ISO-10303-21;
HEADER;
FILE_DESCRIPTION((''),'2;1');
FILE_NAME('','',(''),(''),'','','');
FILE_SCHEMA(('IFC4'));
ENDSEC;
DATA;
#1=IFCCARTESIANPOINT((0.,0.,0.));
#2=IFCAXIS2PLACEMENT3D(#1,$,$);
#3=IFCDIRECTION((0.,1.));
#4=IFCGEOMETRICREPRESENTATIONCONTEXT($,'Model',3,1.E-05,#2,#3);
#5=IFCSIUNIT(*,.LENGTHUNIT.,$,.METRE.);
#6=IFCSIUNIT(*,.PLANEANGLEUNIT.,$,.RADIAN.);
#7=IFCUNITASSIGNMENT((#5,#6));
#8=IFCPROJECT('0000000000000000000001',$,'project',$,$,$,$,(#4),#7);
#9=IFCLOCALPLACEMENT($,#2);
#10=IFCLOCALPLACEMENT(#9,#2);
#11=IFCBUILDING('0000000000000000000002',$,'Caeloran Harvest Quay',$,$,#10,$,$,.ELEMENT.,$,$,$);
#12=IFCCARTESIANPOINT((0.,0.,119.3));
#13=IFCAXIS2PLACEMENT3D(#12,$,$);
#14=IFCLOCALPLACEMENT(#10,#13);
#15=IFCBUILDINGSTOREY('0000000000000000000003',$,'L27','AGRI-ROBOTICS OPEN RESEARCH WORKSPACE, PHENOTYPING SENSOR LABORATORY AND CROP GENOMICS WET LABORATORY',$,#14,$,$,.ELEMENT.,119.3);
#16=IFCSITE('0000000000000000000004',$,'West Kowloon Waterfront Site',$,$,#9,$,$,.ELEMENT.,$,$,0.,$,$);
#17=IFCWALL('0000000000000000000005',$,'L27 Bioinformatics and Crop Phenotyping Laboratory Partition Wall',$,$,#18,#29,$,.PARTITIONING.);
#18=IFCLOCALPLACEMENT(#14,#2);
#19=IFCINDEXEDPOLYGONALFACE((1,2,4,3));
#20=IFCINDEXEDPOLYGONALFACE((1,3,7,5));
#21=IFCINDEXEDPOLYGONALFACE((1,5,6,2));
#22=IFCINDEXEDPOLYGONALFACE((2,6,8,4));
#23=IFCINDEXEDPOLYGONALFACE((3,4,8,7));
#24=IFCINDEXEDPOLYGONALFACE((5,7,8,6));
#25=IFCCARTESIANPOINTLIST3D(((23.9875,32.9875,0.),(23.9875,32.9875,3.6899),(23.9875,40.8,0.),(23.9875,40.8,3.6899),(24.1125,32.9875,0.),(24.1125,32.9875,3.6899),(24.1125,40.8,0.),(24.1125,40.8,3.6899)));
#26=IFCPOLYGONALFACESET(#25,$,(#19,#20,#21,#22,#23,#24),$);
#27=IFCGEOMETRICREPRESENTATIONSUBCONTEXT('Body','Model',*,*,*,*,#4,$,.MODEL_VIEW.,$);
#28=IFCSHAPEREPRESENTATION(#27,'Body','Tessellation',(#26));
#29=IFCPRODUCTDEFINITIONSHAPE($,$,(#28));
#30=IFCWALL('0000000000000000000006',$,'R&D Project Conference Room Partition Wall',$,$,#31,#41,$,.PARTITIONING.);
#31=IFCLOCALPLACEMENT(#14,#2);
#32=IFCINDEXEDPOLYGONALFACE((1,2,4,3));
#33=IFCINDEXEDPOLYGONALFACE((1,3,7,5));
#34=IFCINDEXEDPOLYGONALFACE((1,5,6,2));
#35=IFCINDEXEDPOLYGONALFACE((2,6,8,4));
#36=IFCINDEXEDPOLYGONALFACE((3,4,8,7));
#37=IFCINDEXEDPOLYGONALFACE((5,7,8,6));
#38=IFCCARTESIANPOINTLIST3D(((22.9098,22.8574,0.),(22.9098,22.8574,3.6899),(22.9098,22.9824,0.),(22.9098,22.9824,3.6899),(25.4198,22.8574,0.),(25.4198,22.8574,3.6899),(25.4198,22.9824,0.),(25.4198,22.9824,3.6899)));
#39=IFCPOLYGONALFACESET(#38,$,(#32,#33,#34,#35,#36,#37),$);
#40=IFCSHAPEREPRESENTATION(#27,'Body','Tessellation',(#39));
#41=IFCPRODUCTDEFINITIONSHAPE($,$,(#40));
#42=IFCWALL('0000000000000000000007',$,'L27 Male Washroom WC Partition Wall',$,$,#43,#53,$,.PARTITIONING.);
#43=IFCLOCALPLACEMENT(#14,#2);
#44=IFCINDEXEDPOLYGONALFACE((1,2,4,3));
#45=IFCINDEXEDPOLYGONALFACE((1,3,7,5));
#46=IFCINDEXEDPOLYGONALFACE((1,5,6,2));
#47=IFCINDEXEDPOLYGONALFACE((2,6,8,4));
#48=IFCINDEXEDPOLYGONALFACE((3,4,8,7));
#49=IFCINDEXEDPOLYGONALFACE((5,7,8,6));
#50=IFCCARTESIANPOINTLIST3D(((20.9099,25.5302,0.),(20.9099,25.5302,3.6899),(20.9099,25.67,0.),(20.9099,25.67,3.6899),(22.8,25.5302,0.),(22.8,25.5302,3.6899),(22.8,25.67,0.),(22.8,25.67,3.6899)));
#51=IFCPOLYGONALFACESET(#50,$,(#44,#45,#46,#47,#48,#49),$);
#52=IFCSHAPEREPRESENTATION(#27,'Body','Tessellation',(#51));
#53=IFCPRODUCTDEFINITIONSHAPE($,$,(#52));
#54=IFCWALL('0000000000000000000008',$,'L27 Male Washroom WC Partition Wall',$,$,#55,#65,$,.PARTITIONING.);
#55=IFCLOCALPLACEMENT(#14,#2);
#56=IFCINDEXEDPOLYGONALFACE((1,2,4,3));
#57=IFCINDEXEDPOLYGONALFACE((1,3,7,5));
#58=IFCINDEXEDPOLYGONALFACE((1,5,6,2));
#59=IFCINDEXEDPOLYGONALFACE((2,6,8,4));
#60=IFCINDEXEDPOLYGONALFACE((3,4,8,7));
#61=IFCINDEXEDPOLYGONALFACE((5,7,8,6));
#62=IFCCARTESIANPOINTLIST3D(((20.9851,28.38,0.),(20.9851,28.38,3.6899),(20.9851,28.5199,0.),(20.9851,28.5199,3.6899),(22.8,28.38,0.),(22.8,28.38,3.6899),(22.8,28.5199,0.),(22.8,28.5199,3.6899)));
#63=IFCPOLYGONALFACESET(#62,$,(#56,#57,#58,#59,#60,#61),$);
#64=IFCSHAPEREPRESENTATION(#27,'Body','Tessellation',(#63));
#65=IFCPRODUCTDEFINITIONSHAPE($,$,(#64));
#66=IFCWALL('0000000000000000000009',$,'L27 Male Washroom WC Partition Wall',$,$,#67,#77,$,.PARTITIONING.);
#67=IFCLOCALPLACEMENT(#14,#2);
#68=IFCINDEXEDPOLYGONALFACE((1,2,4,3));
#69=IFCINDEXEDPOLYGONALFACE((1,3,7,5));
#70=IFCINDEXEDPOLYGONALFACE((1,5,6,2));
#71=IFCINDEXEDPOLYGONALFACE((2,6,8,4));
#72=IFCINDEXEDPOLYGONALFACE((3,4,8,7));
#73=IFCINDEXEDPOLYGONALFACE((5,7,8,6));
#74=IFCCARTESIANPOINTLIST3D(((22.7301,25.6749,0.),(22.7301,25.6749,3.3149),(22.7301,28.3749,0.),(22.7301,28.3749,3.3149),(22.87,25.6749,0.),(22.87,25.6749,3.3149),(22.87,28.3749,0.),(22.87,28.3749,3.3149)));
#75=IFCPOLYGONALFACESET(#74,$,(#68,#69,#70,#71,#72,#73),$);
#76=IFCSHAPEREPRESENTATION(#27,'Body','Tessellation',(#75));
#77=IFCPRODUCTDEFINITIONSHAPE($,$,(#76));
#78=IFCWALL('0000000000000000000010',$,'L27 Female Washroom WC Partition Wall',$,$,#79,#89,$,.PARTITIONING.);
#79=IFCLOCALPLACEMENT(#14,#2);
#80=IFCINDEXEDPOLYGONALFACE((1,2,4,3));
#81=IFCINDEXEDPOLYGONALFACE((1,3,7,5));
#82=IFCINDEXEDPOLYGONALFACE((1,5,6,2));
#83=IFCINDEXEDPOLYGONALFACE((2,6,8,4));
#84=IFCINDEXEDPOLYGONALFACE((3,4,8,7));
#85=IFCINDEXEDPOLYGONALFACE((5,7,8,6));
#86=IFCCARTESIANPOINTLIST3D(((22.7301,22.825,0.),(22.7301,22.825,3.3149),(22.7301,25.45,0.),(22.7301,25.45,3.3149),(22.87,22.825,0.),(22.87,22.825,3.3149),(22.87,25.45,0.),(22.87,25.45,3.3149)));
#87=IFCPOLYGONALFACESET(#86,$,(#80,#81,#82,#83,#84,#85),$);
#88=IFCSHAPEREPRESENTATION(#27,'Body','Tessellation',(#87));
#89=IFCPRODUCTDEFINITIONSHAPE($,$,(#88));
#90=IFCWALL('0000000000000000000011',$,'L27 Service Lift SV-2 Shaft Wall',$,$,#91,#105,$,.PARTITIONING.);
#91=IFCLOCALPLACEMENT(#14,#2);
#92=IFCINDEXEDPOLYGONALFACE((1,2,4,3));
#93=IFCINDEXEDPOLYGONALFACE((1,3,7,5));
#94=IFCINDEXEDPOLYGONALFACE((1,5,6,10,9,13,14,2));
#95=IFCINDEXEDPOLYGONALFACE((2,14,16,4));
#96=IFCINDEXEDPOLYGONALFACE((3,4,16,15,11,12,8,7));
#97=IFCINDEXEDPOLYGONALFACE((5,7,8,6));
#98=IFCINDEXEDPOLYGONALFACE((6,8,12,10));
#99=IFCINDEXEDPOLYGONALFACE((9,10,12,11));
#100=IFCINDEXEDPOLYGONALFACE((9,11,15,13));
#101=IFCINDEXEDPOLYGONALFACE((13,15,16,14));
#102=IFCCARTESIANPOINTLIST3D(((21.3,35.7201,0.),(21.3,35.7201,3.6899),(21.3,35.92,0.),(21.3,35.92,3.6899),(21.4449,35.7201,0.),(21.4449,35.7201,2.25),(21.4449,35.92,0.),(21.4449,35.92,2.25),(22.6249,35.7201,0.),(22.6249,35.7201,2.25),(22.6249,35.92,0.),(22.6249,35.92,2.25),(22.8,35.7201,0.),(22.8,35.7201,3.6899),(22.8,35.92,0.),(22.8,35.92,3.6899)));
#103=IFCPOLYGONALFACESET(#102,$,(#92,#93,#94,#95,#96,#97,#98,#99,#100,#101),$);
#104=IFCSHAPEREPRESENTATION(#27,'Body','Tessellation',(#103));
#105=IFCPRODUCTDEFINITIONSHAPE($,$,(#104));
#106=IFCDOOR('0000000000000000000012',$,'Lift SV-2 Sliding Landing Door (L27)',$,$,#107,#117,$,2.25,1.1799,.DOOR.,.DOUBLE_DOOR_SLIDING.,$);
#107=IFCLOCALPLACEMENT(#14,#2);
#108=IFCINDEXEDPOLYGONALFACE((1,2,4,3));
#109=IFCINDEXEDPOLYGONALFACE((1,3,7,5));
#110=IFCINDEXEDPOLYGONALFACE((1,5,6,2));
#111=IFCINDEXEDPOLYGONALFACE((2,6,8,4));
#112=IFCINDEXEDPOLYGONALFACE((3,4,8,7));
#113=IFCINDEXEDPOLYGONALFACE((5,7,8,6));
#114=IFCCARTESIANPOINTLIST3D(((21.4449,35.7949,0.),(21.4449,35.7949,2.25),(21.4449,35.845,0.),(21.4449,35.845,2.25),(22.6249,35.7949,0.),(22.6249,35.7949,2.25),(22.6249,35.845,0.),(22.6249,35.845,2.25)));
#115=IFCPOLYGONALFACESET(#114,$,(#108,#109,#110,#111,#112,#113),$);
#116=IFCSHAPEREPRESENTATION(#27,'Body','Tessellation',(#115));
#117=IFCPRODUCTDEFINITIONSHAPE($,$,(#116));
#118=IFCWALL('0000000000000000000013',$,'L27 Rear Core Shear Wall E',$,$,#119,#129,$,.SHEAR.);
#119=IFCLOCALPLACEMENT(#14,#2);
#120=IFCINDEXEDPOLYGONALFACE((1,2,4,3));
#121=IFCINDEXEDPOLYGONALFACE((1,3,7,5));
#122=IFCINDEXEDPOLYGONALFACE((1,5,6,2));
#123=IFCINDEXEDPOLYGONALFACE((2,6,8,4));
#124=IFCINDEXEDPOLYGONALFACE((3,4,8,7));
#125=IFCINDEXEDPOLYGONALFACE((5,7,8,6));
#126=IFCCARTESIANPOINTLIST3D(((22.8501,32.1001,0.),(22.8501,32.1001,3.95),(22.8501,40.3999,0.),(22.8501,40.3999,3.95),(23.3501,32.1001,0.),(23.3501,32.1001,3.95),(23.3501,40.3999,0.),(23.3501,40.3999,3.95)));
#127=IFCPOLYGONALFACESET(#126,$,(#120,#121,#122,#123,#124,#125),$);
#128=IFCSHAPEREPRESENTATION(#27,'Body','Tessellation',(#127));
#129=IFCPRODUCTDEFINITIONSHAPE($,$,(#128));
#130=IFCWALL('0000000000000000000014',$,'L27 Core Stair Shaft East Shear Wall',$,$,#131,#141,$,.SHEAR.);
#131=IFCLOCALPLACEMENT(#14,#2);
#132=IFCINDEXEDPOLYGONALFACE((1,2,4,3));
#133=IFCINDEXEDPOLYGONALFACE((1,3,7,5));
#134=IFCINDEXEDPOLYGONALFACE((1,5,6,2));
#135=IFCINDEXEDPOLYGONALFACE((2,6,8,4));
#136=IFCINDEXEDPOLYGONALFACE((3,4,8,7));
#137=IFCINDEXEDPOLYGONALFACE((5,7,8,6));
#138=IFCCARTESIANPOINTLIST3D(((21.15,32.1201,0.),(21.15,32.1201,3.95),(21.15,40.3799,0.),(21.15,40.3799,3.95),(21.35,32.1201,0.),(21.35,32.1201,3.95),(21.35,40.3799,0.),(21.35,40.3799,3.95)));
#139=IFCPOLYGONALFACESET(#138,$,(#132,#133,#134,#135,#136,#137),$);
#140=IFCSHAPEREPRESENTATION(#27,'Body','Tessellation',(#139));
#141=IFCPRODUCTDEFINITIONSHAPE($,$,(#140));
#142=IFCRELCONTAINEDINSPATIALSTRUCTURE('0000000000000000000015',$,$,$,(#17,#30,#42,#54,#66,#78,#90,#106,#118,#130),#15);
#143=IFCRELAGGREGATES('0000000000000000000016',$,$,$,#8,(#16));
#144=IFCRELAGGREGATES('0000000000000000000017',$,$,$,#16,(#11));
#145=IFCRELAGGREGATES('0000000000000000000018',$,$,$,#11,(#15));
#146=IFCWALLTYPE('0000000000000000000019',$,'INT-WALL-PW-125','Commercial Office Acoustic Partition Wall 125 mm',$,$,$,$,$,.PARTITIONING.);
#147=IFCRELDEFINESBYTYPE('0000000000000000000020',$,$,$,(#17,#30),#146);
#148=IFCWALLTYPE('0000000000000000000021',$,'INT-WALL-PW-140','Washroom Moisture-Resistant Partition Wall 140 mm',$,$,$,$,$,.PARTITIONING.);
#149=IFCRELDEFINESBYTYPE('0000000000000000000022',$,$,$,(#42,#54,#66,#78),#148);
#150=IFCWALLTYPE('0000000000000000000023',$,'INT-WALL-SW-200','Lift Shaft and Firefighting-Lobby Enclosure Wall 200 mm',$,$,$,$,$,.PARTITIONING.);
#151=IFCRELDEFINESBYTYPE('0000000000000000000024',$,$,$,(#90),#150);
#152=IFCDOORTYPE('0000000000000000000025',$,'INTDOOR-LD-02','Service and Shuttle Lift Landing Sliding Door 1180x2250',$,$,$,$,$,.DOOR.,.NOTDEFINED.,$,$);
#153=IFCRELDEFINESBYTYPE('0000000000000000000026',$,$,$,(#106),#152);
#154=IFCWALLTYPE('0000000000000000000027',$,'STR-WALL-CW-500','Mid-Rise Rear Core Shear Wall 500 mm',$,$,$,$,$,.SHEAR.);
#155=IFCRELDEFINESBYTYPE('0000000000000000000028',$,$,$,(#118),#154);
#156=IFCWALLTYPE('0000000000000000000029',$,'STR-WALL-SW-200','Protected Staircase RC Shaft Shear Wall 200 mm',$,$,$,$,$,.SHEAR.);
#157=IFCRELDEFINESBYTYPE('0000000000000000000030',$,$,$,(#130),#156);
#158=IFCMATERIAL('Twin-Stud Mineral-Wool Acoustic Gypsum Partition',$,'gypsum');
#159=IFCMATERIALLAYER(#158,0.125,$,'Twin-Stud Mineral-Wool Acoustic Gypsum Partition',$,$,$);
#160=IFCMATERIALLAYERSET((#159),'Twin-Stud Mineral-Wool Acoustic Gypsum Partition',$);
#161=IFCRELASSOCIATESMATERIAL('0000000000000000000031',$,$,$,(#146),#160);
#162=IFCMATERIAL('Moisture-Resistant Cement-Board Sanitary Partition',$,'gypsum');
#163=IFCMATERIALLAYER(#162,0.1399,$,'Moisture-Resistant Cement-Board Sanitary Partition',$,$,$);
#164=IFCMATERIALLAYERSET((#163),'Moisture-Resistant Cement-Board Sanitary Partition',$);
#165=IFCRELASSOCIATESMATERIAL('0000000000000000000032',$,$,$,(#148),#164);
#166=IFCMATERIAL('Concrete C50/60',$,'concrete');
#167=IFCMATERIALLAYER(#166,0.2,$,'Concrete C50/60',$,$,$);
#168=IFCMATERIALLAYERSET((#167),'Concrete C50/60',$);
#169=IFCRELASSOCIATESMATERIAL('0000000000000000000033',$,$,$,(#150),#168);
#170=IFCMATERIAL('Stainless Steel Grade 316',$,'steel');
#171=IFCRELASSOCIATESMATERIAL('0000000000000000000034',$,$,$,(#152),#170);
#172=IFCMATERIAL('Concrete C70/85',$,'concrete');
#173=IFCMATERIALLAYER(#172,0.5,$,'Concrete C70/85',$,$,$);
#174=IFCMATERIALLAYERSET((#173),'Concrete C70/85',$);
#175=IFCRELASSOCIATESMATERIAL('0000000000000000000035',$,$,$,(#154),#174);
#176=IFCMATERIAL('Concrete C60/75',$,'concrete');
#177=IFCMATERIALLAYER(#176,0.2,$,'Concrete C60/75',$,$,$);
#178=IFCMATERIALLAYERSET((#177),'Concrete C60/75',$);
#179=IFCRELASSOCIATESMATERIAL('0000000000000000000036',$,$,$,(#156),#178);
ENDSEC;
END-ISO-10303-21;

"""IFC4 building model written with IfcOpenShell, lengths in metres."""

from ifc_helpers import new_model, si_unit, direction, frame, frame_2d, origin, place, context, subcontext, project, spatial, rectangle, extrude, material, layer, layer_set, type_object, element, fill, save


model = new_model("IFC4")

# Units and contexts
model_context = context("Model", 3, precision=1e-05, world=origin(), true_north=direction((0.0, 1.0)))
body_context = subcontext(model_context, "Body", "Model", "MODEL_VIEW")
ifc_project = project(units=[si_unit("LENGTHUNIT", "METRE"), si_unit("PLANEANGLEUNIT", "RADIAN")], contexts=[model_context])

# Site, building, storey
site_placement = place(None, origin())
site = spatial("IfcSite", under=ifc_project, at=site_placement, Name="West Kowloon Waterfront Site", CompositionType="ELEMENT", RefElevation=0.0)
building_placement = place(site_placement, origin())
building = spatial("IfcBuilding", under=site, at=building_placement, Name="Caeloran Harvest Quay", CompositionType="ELEMENT")
storey_placement = place(building_placement, frame((0.0, 0.0, 119.3)))
storey = spatial("IfcBuildingStorey", under=building, at=storey_placement, Name="L27", Description="AGRI-ROBOTICS OPEN RESEARCH WORKSPACE, PHENOTYPING SENSOR LABORATORY AND CROP GENOMICS WET LABORATORY", CompositionType="ELEMENT", Elevation=119.3)

# Walls
ifc_material_1 = material(Name="Twin-Stud Mineral-Wool Acoustic Gypsum Partition", Category="gypsum")
ifc_layer_1 = layer(ifc_material_1, 0.125, Name="Twin-Stud Mineral-Wool Acoustic Gypsum Partition")
ifc_layer_set_1 = layer_set([ifc_layer_1], Name="Twin-Stud Mineral-Wool Acoustic Gypsum Partition")
wall_type_1 = type_object("IfcWallType", Name="INT-WALL-PW-125", Description="Commercial Office Acoustic Partition Wall 125 mm", PredefinedType="PARTITIONING", material=ifc_layer_set_1)
wall_1_placement = place(storey_placement, frame((24.05, 32.9875, 0.0), z_axis=(0.0, 0.0, 1.0), x_axis=(0.0, 1.0, 0.0)))
element("IfcWall", 1, at=wall_1_placement, inside=storey, type_object=wall_type_1, Name="L27 Bioinformatics and Crop Phenotyping Laboratory Partition Wall", PredefinedType="PARTITIONING", context=body_context, shape_type="SweptSolid", body=[
    extrude(rectangle(XDim=7.8125, YDim=0.125, at=frame_2d((3.9062, 0.0))), origin(), (0.0, 0.0, 1.0), 3.6899),
])
wall_2_placement = place(storey_placement, frame((22.9099, 22.9199, 0.0), z_axis=(0.0, 0.0, 1.0), x_axis=(1.0, 0.0, 0.0)))
element("IfcWall", 2, at=wall_2_placement, inside=storey, type_object=wall_type_1, Name="R&D Project Conference Room Partition Wall", PredefinedType="PARTITIONING", context=body_context, shape_type="SweptSolid", body=[
    extrude(rectangle(XDim=2.51, YDim=0.125, at=frame_2d((1.2549, 0.0))), origin(), (0.0, 0.0, 1.0), 3.6899),
])

# Wall
ifc_material_2 = material(Name="Moisture-Resistant Cement-Board Sanitary Partition", Category="gypsum")
ifc_layer_2 = layer(ifc_material_2, 0.1399, Name="Moisture-Resistant Cement-Board Sanitary Partition")
ifc_layer_set_2 = layer_set([ifc_layer_2], Name="Moisture-Resistant Cement-Board Sanitary Partition")
wall_type_2 = type_object("IfcWallType", Name="INT-WALL-PW-140", Description="Washroom Moisture-Resistant Partition Wall 140 mm", PredefinedType="PARTITIONING", material=ifc_layer_set_2)
wall_3_placement = place(storey_placement, frame((22.8, 25.6001, 0.0), z_axis=(0.0, 0.0, 1.0), x_axis=(-1.0, 0.0, 0.0)))
element("IfcWall", 3, at=wall_3_placement, inside=storey, type_object=wall_type_2, Name="L27 Male Washroom WC Partition Wall", PredefinedType="PARTITIONING", context=body_context, shape_type="SweptSolid", body=[
    extrude(rectangle(XDim=1.8901, YDim=0.1399, at=frame_2d((0.9451, 0.0))), origin(), (0.0, 0.0, 1.0), 3.6899),
])

# Walls
wall_4_placement = place(storey_placement, frame((20.9851, 28.45, 0.0), z_axis=(0.0, 0.0, 1.0), x_axis=(1.0, 0.0, 0.0)))
element("IfcWall", 4, at=wall_4_placement, inside=storey, type_object=wall_type_2, Name="L27 Male Washroom WC Partition Wall", PredefinedType="PARTITIONING", context=body_context, shape_type="SweptSolid", body=[
    extrude(rectangle(XDim=1.8149, YDim=0.1399, at=frame_2d((0.9075, 0.0))), origin(), (0.0, 0.0, 1.0), 3.6899),
])
wall_5_placement = place(storey_placement, frame((22.8, 28.375, 0.0), z_axis=(0.0, 0.0, 1.0), x_axis=(0.0, -1.0, 0.0)))
element("IfcWall", 5, at=wall_5_placement, inside=storey, type_object=wall_type_2, Name="L27 Male Washroom WC Partition Wall", PredefinedType="PARTITIONING", context=body_context, shape_type="SweptSolid", body=[
    extrude(rectangle(XDim=2.7, YDim=0.1399, at=frame_2d((1.3501, 0.0))), origin(), (0.0, 0.0, 1.0), 3.3149),
])
wall_6_placement = place(storey_placement, frame((22.8, 25.45, 0.0), z_axis=(0.0, 0.0, 1.0), x_axis=(0.0, -1.0, 0.0)))
element("IfcWall", 6, at=wall_6_placement, inside=storey, type_object=wall_type_2, Name="L27 Female Washroom WC Partition Wall", PredefinedType="PARTITIONING", context=body_context, shape_type="SweptSolid", body=[
    extrude(rectangle(XDim=2.625, YDim=0.1399, at=frame_2d((1.3125, 0.0))), origin(), (0.0, 0.0, 1.0), 3.3149),
])

# Wall, opening, door
ifc_material_3 = material(Name="Concrete C50/60", Category="concrete")
ifc_layer_3 = layer(ifc_material_3, 0.2, Name="Concrete C50/60")
ifc_layer_set_3 = layer_set([ifc_layer_3], Name="Concrete C50/60")
wall_type_3 = type_object("IfcWallType", Name="INT-WALL-SW-200", Description="Lift Shaft and Firefighting-Lobby Enclosure Wall 200 mm", PredefinedType="PARTITIONING", material=ifc_layer_set_3)
wall_7_placement = place(storey_placement, frame((21.3, 35.8201, 0.0), z_axis=(0.0, 0.0, 1.0), x_axis=(1.0, 0.0, 0.0)))
wall_7 = element("IfcWall", 7, at=wall_7_placement, inside=storey, type_object=wall_type_3, Name="L27 Service Lift SV-2 Shaft Wall", PredefinedType="PARTITIONING", context=body_context, shape_type="SweptSolid", body=[
    extrude(rectangle(XDim=1.5, YDim=0.2, at=frame_2d((0.75, 0.0))), origin(), (0.0, 0.0, 1.0), 3.6899),
])
opening_1_placement = place(wall_7_placement, frame((0.145, 0.0, 0.0)))
opening_1 = element("IfcOpeningElement", 8, at=opening_1_placement, cuts=wall_7, PredefinedType="OPENING", context=body_context, shape_type="SweptSolid", body=[
    extrude(rectangle(XDim=1.1799, YDim=2.25, at=frame_2d((0.5898, 1.125))), frame((0.0, 0.1099, 0.0), z_axis=(0.0, -1.0, 0.0), x_axis=(1.0, 0.0, 0.0)), (0.0, 0.0, 1.0), 0.22),
])
ifc_material_4 = material(Name="Stainless Steel Grade 316", Category="steel")
door_type_1 = type_object("IfcDoorType", Name="INTDOOR-LD-02", Description="Service and Shuttle Lift Landing Sliding Door 1180x2250", OperationType="NOTDEFINED", PredefinedType="DOOR", material=ifc_material_4)
door_1_placement = place(opening_1_placement, origin())
door_1 = element("IfcDoor", 9, at=door_1_placement, inside=storey, type_object=door_type_1, Name="Lift SV-2 Sliding Landing Door (L27)", OperationType="DOUBLE_DOOR_SLIDING", OverallHeight=2.25, OverallWidth=1.1799, PredefinedType="DOOR", context=body_context, shape_type="SweptSolid", body=[
    extrude(rectangle(XDim=1.1799, YDim=2.25, at=frame_2d((0.5898, 1.125))), frame((0.0, 0.0249, 0.0), z_axis=(0.0, -1.0, 0.0), x_axis=(1.0, 0.0, 0.0)), (0.0, 0.0, 1.0), 0.05),
])
fill(opening_1, door_1)

# Walls
ifc_material_5 = material(Name="Concrete C70/85", Category="concrete")
ifc_layer_4 = layer(ifc_material_5, 0.5, Name="Concrete C70/85")
ifc_layer_set_4 = layer_set([ifc_layer_4], Name="Concrete C70/85")
wall_type_4 = type_object("IfcWallType", Name="STR-WALL-CW-500", Description="Mid-Rise Rear Core Shear Wall 500 mm", PredefinedType="SHEAR", material=ifc_layer_set_4)
wall_8_placement = place(storey_placement, frame((23.1001, 32.1001, 0.0), z_axis=(0.0, 0.0, 1.0), x_axis=(0.0, 1.0, 0.0)))
element("IfcWall", 10, at=wall_8_placement, inside=storey, type_object=wall_type_4, Name="L27 Rear Core Shear Wall E", PredefinedType="SHEAR", context=body_context, shape_type="SweptSolid", body=[
    extrude(rectangle(XDim=8.2998, YDim=0.5, at=frame_2d((4.1499, 0.0))), origin(), (0.0, 0.0, 1.0), 3.95),
])
ifc_material_6 = material(Name="Concrete C60/75", Category="concrete")
ifc_layer_5 = layer(ifc_material_6, 0.2, Name="Concrete C60/75")
ifc_layer_set_5 = layer_set([ifc_layer_5], Name="Concrete C60/75")
wall_type_5 = type_object("IfcWallType", Name="STR-WALL-SW-200", Description="Protected Staircase RC Shaft Shear Wall 200 mm", PredefinedType="SHEAR", material=ifc_layer_set_5)
wall_9_placement = place(storey_placement, frame((21.25, 32.1201, 0.0), z_axis=(0.0, 0.0, 1.0), x_axis=(0.0, 1.0, 0.0)))
element("IfcWall", 11, at=wall_9_placement, inside=storey, type_object=wall_type_5, Name="L27 Core Stair Shaft East Shear Wall", PredefinedType="SHEAR", context=body_context, shape_type="SweptSolid", body=[
    extrude(rectangle(XDim=8.2598, YDim=0.2, at=frame_2d((4.1299, 0.0))), origin(), (0.0, 0.0, 1.0), 3.95),
])

save(model, "model.ifc")
